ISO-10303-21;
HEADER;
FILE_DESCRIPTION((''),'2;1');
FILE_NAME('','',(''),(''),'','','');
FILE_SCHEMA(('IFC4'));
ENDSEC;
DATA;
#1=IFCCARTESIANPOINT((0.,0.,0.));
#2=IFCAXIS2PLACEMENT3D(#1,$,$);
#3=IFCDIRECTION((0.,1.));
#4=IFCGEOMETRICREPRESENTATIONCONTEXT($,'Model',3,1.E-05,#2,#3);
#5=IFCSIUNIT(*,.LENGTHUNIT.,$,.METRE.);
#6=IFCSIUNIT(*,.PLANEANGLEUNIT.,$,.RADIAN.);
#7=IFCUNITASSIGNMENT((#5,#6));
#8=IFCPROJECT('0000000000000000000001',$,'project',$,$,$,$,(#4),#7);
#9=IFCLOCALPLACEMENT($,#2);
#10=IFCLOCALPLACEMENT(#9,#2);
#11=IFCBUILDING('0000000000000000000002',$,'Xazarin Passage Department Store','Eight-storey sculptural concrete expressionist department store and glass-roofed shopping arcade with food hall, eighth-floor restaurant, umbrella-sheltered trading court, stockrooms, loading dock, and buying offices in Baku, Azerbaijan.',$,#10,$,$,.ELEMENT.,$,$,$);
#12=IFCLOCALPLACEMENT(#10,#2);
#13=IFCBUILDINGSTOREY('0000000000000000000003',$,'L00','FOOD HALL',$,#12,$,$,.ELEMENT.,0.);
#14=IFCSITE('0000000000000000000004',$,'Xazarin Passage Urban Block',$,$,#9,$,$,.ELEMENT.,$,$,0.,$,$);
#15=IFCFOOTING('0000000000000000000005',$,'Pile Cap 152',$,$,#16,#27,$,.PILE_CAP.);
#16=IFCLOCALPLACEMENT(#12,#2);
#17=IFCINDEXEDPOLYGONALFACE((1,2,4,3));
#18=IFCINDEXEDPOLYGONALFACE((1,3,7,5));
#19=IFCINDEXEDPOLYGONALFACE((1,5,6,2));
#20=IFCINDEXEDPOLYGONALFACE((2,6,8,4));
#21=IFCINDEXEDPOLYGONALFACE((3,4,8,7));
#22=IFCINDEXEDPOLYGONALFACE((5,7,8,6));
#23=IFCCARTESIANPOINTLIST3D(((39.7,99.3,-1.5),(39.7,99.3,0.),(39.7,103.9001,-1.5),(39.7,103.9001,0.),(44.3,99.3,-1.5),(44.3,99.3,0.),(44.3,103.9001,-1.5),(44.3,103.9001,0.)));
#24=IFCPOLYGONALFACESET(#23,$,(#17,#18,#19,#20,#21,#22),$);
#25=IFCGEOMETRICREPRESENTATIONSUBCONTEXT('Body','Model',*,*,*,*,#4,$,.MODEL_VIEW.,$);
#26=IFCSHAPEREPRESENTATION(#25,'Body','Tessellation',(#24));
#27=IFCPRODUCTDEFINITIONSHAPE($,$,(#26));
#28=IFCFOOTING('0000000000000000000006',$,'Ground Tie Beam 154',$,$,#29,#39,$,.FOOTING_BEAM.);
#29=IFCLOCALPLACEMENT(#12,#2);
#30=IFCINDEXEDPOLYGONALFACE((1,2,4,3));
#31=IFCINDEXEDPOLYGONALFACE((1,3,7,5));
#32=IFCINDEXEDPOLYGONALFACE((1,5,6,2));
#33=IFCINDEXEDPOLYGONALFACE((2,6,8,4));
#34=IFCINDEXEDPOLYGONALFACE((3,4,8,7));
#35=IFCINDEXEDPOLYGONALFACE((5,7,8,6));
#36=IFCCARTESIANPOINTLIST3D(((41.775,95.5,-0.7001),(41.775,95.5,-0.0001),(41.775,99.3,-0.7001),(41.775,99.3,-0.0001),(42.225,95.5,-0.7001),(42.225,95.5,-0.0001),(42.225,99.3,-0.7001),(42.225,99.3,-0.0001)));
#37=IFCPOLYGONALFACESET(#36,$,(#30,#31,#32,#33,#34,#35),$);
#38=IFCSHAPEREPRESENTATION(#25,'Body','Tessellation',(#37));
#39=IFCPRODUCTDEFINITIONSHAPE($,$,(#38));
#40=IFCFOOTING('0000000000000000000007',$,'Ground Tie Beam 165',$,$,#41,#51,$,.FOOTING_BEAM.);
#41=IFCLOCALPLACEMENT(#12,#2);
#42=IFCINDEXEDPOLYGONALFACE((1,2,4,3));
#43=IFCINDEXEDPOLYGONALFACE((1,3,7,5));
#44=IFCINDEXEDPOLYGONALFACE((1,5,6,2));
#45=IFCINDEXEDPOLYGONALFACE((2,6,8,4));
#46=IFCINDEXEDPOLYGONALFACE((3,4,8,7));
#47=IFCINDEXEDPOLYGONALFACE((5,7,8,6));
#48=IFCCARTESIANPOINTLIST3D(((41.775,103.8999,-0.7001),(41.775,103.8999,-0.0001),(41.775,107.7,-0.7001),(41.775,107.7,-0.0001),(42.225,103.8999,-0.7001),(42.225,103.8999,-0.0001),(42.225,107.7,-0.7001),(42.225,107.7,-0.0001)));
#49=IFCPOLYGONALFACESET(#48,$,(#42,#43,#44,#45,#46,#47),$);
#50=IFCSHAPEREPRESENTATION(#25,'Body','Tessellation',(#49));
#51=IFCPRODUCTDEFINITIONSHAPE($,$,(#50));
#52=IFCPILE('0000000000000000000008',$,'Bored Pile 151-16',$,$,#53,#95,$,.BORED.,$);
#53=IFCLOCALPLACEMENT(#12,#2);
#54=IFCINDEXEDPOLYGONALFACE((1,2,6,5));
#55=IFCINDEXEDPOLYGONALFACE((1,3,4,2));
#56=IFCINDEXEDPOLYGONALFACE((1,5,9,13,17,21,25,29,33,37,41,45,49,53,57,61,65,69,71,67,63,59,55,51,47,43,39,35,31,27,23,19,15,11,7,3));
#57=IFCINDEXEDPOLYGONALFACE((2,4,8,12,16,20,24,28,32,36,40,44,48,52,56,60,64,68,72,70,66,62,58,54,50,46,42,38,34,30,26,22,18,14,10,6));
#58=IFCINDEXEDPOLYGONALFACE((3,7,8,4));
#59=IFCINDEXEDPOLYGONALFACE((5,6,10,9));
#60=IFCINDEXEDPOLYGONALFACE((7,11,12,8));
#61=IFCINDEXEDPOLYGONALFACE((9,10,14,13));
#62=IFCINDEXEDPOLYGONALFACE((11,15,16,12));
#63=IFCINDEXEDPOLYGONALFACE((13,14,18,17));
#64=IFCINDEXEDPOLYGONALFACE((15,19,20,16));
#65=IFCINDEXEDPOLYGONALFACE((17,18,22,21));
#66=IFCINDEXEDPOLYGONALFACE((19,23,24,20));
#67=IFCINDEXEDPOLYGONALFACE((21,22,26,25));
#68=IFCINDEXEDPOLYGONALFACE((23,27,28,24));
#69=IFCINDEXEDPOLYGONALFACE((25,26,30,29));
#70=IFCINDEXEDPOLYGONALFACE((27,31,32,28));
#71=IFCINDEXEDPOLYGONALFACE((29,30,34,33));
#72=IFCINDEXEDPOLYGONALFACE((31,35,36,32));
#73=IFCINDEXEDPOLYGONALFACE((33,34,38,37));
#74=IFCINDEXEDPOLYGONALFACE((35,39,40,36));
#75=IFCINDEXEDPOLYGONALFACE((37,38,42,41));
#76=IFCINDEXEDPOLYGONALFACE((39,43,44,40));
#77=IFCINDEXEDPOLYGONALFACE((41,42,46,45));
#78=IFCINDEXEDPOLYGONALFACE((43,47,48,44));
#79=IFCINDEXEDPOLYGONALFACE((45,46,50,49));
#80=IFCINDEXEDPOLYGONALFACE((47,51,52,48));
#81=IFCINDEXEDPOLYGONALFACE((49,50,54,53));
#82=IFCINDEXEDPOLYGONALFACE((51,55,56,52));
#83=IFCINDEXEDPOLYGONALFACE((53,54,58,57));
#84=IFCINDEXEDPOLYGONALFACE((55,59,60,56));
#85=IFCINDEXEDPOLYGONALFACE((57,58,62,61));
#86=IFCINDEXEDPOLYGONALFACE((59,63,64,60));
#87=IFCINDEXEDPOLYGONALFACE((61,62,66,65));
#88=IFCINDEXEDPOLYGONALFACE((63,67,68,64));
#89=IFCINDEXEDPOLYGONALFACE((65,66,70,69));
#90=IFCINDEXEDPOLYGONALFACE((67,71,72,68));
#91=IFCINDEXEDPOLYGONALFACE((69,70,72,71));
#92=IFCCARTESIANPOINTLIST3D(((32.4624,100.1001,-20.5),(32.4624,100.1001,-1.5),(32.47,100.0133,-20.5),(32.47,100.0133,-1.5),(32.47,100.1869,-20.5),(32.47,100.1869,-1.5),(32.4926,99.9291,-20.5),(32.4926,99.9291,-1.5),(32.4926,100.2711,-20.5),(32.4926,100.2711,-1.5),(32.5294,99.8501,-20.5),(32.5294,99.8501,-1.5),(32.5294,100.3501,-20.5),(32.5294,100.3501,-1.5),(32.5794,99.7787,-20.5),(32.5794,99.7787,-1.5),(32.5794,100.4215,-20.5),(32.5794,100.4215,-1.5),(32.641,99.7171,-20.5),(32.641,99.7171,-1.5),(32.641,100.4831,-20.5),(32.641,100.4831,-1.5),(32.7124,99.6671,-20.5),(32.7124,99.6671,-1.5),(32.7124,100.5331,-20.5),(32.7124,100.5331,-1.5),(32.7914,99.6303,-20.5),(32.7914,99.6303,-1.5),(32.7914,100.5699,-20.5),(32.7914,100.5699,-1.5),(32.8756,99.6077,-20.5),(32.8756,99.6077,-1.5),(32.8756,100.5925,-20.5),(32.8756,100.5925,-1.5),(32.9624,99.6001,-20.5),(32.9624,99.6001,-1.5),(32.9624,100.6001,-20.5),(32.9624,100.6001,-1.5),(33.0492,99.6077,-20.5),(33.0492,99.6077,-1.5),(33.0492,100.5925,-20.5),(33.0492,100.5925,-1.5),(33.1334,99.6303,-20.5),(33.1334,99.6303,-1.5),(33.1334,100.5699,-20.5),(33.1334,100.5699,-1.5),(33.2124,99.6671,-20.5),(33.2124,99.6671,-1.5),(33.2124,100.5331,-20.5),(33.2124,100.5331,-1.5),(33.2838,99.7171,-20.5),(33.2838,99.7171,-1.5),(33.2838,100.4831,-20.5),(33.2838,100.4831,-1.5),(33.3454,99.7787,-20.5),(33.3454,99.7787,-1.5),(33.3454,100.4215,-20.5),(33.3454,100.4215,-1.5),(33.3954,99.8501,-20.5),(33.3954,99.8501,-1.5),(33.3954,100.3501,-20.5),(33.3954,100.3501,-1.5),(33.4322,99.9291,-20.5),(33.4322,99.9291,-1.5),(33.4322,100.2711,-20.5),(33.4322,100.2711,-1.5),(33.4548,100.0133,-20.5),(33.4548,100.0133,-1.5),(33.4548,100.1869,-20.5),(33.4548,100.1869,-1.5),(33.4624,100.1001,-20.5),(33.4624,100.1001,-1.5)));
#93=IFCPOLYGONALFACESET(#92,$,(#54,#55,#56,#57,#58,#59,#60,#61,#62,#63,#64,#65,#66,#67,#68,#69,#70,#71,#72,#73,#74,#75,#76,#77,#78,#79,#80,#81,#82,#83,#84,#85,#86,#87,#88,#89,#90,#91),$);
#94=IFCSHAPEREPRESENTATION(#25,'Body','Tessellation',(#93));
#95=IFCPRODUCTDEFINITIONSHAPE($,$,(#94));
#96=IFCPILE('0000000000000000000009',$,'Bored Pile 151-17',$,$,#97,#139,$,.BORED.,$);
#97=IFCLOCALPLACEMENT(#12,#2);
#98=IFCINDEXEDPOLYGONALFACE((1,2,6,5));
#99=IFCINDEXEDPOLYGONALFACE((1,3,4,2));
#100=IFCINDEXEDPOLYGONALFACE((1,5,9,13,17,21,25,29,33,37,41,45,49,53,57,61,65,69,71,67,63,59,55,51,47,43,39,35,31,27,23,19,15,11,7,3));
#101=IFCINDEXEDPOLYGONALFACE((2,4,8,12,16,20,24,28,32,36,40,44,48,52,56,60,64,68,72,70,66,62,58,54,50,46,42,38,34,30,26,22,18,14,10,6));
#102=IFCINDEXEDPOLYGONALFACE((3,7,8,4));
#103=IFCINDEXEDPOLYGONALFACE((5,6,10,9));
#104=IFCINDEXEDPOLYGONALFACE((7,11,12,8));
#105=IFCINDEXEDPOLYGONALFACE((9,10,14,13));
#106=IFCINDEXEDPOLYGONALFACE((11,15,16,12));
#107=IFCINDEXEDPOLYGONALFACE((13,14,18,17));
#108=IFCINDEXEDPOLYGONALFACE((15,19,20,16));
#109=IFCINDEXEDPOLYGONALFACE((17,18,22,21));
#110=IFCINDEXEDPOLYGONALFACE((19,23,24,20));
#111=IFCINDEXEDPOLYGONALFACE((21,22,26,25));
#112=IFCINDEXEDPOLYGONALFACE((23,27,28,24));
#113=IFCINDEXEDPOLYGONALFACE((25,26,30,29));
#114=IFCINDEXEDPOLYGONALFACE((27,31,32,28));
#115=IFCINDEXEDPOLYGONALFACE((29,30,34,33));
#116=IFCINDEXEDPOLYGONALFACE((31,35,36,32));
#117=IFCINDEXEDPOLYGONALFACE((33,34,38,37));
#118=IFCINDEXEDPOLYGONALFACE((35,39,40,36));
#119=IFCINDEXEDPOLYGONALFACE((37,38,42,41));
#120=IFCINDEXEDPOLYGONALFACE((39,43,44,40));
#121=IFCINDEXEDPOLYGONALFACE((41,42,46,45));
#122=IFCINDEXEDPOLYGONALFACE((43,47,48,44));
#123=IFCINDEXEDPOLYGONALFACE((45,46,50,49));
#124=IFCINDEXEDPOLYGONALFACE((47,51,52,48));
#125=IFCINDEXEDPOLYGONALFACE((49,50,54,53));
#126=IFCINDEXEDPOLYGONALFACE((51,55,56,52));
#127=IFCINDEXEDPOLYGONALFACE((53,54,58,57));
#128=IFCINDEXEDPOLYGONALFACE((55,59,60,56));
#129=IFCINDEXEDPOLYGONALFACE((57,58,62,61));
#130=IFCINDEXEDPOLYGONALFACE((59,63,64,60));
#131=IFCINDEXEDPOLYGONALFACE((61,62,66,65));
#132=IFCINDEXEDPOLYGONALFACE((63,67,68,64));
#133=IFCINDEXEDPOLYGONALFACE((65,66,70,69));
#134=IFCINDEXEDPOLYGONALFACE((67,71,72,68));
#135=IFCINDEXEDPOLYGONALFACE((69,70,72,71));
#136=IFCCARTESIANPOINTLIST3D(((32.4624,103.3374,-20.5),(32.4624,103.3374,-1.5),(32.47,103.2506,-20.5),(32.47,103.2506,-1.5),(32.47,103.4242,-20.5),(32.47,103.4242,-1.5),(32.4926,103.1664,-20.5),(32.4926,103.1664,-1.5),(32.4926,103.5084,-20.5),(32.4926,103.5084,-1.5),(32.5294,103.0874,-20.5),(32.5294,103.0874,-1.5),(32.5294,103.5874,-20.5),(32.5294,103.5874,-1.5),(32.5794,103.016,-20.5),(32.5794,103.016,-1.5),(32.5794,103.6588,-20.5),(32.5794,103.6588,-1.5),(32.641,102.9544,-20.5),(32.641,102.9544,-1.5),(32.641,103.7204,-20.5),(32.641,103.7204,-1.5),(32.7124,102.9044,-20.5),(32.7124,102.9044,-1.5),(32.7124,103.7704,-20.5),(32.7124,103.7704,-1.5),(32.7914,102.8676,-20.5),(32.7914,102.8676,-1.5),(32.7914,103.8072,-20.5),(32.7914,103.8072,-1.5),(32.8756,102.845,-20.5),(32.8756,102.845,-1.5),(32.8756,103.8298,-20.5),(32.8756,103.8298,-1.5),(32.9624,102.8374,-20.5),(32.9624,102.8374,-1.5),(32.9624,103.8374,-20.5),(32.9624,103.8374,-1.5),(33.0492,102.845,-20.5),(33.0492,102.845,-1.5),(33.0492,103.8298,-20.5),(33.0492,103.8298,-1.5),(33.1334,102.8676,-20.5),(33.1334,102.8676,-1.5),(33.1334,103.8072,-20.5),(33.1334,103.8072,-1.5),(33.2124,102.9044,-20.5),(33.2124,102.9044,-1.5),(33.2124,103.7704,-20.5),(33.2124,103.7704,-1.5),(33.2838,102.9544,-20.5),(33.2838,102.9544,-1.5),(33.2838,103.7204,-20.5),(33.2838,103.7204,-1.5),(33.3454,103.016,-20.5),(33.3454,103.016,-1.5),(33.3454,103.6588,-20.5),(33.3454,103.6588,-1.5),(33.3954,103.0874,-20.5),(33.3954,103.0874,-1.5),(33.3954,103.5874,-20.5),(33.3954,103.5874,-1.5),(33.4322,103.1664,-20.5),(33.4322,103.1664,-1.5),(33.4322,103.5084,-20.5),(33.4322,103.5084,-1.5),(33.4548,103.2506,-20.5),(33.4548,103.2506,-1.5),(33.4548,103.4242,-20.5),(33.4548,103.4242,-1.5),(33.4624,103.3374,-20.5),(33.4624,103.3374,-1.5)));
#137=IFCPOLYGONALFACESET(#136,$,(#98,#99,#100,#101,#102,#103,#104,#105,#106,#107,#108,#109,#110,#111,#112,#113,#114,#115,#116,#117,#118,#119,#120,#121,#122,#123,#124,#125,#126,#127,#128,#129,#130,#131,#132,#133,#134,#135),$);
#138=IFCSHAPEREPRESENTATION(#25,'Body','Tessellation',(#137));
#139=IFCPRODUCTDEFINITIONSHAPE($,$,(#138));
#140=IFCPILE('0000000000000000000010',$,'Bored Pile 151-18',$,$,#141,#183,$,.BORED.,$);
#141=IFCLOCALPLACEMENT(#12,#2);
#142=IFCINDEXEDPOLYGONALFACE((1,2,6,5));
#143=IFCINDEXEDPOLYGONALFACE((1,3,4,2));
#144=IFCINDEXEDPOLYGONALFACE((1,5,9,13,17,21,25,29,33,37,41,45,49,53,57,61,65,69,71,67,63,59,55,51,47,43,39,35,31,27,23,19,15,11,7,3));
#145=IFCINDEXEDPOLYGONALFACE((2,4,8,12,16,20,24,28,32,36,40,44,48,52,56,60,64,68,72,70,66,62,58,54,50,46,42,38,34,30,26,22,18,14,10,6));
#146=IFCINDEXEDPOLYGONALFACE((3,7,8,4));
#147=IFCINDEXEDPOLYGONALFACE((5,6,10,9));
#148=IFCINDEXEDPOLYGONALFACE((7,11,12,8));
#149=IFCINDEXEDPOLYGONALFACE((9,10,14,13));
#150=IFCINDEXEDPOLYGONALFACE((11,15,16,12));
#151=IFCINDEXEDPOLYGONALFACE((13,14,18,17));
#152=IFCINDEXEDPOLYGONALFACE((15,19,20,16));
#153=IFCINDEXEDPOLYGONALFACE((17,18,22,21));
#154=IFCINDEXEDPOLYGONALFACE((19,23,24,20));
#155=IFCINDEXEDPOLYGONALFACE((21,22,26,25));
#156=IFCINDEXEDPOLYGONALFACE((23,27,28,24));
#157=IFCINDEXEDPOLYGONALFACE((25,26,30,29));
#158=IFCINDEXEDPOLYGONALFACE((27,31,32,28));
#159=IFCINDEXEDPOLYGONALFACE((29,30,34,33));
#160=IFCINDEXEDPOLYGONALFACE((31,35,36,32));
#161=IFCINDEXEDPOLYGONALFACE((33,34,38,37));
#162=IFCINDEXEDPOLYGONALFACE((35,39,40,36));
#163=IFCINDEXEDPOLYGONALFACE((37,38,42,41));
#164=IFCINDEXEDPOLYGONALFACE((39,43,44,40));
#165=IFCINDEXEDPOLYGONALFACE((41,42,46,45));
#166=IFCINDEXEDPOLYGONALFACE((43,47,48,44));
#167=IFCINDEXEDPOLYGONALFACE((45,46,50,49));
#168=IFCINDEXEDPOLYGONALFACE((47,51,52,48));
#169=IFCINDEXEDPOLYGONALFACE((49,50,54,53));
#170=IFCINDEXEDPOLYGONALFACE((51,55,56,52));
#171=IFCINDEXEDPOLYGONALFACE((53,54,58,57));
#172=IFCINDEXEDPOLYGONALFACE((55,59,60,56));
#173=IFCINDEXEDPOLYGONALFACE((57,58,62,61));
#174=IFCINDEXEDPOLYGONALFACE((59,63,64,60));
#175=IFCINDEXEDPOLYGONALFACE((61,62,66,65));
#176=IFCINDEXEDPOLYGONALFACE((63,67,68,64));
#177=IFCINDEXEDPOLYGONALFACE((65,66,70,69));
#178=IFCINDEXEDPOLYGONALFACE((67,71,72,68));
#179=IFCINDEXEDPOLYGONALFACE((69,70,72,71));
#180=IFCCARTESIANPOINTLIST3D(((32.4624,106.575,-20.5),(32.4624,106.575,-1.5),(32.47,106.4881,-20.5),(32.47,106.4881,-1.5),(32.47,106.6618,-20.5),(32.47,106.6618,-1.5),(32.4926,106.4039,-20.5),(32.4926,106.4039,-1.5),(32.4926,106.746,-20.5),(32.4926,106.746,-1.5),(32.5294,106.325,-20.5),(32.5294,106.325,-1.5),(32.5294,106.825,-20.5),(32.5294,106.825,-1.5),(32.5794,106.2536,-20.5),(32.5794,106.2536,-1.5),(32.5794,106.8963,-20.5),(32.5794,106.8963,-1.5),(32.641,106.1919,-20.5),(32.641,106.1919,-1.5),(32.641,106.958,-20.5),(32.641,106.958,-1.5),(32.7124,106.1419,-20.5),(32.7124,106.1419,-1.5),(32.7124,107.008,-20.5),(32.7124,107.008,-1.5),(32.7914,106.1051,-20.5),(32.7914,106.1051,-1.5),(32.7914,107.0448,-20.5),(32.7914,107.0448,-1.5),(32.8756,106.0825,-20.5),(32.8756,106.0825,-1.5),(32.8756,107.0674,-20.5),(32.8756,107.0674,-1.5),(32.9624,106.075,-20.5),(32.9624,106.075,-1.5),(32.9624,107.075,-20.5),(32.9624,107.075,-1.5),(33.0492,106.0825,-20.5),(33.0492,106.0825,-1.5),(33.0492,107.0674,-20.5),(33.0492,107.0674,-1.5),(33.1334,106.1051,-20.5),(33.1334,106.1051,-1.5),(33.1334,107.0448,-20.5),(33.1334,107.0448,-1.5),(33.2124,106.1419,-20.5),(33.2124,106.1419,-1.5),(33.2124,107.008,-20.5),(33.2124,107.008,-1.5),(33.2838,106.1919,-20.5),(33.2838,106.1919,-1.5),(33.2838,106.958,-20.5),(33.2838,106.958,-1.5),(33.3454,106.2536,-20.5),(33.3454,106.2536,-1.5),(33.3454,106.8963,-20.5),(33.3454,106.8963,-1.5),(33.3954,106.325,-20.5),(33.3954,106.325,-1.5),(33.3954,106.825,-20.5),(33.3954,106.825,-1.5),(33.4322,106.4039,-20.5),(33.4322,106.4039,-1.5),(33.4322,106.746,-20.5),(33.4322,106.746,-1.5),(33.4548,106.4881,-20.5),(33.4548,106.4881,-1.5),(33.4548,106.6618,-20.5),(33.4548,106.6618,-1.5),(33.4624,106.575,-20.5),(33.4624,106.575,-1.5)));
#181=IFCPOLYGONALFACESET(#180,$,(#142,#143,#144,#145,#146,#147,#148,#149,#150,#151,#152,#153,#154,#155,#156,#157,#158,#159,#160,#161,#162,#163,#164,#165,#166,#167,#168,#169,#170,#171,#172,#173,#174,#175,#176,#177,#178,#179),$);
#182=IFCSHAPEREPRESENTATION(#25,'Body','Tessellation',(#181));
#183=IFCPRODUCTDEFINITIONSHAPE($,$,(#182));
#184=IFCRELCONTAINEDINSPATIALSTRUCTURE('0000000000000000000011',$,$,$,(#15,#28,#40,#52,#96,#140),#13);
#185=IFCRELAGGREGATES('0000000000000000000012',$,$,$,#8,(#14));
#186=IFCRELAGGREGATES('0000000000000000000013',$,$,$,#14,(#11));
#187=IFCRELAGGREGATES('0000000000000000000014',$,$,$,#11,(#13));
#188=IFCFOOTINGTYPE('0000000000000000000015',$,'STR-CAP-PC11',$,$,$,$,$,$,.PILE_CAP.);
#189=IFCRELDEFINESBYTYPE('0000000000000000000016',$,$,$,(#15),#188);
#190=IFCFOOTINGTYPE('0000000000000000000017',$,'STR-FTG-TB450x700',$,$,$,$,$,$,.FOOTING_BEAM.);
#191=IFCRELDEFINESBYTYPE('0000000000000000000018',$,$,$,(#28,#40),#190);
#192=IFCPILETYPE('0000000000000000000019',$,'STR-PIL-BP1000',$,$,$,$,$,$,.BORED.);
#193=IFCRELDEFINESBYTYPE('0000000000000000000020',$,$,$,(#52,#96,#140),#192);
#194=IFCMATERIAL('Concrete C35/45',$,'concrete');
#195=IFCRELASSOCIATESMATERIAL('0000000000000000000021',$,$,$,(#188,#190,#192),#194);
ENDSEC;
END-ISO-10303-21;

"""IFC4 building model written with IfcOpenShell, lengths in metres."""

from ifc_helpers import new_model, si_unit, direction, frame, origin, origin_2d, place, context, subcontext, project, spatial, rectangle, circle, extrude, material, material_profile, profile_set, type_object, element, save


model = new_model("IFC4")

# Units and contexts
model_context = context("Model", 3, precision=1e-05, world=origin(), true_north=direction((0.0, 1.0)))
body_context = subcontext(model_context, "Body", "Model", "MODEL_VIEW")
ifc_project = project(units=[si_unit("LENGTHUNIT", "METRE"), si_unit("PLANEANGLEUNIT", "RADIAN")], contexts=[model_context])

# Site, building, storey
site_placement = place(None, origin())
site = spatial("IfcSite", under=ifc_project, at=site_placement, Name="Xazarin Passage Urban Block", CompositionType="ELEMENT", RefElevation=0.0)
building_placement = place(site_placement, origin())
building = spatial("IfcBuilding", under=site, at=building_placement, Name="Xazarin Passage Department Store", Description="Eight-storey sculptural concrete expressionist department store and glass-roofed shopping arcade with food hall, eighth-floor restaurant, umbrella-sheltered trading court, stockrooms, loading dock, and buying offices in Baku, Azerbaijan.", CompositionType="ELEMENT")
storey_placement = place(building_placement, origin())
storey = spatial("IfcBuildingStorey", under=building, at=storey_placement, Name="L00", Description="FOOD HALL", CompositionType="ELEMENT", Elevation=0.0)

# Footings
ifc_material_1 = material(Name="Concrete C35/45", Category="concrete")
footing_type_1 = type_object("IfcFootingType", Name="STR-CAP-PC11", PredefinedType="PILE_CAP", material=ifc_material_1)
footing_placement = place(storey_placement, frame((42.0, 101.6001, -1.5), z_axis=(0.0, 0.0, 1.0), x_axis=(1.0, 0.0, 0.0)))
element("IfcFooting", 1, at=footing_placement, inside=storey, type_object=footing_type_1, Name="Pile Cap 152", PredefinedType="PILE_CAP", context=body_context, shape_type="SweptSolid", body=[
    extrude(rectangle(XDim=4.6001, YDim=4.6001, at=origin_2d()), origin(), (0.0, 0.0, 1.0), 1.5),
])
ifc_material_profile_1 = material_profile(ifc_material_1, rectangle(XDim=0.45, YDim=0.7, at=origin_2d()), Name="RC 450x700")
ifc_profile_set_1 = profile_set([ifc_material_profile_1], Name="Concrete C35/45")
footing_type_2 = type_object("IfcFootingType", Name="STR-FTG-TB450x700", PredefinedType="FOOTING_BEAM", material=ifc_profile_set_1)
for number, where, z_axis, x_axis, name in (
    (2, (42.0, 95.5, -0.3501), (0.0, 1.0, 0.0), (-1.0, 0.0, 0.0), "Ground Tie Beam 154"),
    (3, (42.0, 103.8999, -0.3501), (0.0, 1.0, 0.0), (-1.0, 0.0, 0.0), "Ground Tie Beam 165"),
):
    element("IfcFooting", number, at=place(storey_placement, frame(where, z_axis=z_axis, x_axis=x_axis)), inside=storey, type_object=footing_type_2, Name=name, PredefinedType="FOOTING_BEAM", context=body_context, shape_type="SweptSolid", body=[
        extrude(rectangle(XDim=0.45, YDim=0.7, at=origin_2d()), origin(), (0.0, 0.0, 1.0), 3.8),
    ])

# Piles
ifc_material_profile_2 = material_profile(ifc_material_1, circle(Radius=0.5, at=origin_2d()), Name="BP 1000")
ifc_profile_set_2 = profile_set([ifc_material_profile_2], Name="Concrete C35/45")
pile_type_1 = type_object("IfcPileType", Name="STR-PIL-BP1000", PredefinedType="BORED", material=ifc_profile_set_2)
for number, where, z_axis, x_axis, name in (
    (4, (32.9624, 100.1001, -1.5), (0.0, 0.0, -1.0), (1.0, 0.0, 0.0), "Bored Pile 151-16"),
    (5, (32.9624, 103.3374, -1.5), (0.0, 0.0, -1.0), (1.0, 0.0, 0.0), "Bored Pile 151-17"),
    (6, (32.9624, 106.575, -1.5), (0.0, 0.0, -1.0), (1.0, 0.0, 0.0), "Bored Pile 151-18"),
):
    element("IfcPile", number, at=place(storey_placement, frame(where, z_axis=z_axis, x_axis=x_axis)), inside=storey, type_object=pile_type_1, Name=name, PredefinedType="BORED", context=body_context, shape_type="SweptSolid", body=[
        extrude(circle(Radius=0.5, at=origin_2d()), origin(), (0.0, 0.0, 1.0), 19.0),
    ])

save(model, "model.ifc")
